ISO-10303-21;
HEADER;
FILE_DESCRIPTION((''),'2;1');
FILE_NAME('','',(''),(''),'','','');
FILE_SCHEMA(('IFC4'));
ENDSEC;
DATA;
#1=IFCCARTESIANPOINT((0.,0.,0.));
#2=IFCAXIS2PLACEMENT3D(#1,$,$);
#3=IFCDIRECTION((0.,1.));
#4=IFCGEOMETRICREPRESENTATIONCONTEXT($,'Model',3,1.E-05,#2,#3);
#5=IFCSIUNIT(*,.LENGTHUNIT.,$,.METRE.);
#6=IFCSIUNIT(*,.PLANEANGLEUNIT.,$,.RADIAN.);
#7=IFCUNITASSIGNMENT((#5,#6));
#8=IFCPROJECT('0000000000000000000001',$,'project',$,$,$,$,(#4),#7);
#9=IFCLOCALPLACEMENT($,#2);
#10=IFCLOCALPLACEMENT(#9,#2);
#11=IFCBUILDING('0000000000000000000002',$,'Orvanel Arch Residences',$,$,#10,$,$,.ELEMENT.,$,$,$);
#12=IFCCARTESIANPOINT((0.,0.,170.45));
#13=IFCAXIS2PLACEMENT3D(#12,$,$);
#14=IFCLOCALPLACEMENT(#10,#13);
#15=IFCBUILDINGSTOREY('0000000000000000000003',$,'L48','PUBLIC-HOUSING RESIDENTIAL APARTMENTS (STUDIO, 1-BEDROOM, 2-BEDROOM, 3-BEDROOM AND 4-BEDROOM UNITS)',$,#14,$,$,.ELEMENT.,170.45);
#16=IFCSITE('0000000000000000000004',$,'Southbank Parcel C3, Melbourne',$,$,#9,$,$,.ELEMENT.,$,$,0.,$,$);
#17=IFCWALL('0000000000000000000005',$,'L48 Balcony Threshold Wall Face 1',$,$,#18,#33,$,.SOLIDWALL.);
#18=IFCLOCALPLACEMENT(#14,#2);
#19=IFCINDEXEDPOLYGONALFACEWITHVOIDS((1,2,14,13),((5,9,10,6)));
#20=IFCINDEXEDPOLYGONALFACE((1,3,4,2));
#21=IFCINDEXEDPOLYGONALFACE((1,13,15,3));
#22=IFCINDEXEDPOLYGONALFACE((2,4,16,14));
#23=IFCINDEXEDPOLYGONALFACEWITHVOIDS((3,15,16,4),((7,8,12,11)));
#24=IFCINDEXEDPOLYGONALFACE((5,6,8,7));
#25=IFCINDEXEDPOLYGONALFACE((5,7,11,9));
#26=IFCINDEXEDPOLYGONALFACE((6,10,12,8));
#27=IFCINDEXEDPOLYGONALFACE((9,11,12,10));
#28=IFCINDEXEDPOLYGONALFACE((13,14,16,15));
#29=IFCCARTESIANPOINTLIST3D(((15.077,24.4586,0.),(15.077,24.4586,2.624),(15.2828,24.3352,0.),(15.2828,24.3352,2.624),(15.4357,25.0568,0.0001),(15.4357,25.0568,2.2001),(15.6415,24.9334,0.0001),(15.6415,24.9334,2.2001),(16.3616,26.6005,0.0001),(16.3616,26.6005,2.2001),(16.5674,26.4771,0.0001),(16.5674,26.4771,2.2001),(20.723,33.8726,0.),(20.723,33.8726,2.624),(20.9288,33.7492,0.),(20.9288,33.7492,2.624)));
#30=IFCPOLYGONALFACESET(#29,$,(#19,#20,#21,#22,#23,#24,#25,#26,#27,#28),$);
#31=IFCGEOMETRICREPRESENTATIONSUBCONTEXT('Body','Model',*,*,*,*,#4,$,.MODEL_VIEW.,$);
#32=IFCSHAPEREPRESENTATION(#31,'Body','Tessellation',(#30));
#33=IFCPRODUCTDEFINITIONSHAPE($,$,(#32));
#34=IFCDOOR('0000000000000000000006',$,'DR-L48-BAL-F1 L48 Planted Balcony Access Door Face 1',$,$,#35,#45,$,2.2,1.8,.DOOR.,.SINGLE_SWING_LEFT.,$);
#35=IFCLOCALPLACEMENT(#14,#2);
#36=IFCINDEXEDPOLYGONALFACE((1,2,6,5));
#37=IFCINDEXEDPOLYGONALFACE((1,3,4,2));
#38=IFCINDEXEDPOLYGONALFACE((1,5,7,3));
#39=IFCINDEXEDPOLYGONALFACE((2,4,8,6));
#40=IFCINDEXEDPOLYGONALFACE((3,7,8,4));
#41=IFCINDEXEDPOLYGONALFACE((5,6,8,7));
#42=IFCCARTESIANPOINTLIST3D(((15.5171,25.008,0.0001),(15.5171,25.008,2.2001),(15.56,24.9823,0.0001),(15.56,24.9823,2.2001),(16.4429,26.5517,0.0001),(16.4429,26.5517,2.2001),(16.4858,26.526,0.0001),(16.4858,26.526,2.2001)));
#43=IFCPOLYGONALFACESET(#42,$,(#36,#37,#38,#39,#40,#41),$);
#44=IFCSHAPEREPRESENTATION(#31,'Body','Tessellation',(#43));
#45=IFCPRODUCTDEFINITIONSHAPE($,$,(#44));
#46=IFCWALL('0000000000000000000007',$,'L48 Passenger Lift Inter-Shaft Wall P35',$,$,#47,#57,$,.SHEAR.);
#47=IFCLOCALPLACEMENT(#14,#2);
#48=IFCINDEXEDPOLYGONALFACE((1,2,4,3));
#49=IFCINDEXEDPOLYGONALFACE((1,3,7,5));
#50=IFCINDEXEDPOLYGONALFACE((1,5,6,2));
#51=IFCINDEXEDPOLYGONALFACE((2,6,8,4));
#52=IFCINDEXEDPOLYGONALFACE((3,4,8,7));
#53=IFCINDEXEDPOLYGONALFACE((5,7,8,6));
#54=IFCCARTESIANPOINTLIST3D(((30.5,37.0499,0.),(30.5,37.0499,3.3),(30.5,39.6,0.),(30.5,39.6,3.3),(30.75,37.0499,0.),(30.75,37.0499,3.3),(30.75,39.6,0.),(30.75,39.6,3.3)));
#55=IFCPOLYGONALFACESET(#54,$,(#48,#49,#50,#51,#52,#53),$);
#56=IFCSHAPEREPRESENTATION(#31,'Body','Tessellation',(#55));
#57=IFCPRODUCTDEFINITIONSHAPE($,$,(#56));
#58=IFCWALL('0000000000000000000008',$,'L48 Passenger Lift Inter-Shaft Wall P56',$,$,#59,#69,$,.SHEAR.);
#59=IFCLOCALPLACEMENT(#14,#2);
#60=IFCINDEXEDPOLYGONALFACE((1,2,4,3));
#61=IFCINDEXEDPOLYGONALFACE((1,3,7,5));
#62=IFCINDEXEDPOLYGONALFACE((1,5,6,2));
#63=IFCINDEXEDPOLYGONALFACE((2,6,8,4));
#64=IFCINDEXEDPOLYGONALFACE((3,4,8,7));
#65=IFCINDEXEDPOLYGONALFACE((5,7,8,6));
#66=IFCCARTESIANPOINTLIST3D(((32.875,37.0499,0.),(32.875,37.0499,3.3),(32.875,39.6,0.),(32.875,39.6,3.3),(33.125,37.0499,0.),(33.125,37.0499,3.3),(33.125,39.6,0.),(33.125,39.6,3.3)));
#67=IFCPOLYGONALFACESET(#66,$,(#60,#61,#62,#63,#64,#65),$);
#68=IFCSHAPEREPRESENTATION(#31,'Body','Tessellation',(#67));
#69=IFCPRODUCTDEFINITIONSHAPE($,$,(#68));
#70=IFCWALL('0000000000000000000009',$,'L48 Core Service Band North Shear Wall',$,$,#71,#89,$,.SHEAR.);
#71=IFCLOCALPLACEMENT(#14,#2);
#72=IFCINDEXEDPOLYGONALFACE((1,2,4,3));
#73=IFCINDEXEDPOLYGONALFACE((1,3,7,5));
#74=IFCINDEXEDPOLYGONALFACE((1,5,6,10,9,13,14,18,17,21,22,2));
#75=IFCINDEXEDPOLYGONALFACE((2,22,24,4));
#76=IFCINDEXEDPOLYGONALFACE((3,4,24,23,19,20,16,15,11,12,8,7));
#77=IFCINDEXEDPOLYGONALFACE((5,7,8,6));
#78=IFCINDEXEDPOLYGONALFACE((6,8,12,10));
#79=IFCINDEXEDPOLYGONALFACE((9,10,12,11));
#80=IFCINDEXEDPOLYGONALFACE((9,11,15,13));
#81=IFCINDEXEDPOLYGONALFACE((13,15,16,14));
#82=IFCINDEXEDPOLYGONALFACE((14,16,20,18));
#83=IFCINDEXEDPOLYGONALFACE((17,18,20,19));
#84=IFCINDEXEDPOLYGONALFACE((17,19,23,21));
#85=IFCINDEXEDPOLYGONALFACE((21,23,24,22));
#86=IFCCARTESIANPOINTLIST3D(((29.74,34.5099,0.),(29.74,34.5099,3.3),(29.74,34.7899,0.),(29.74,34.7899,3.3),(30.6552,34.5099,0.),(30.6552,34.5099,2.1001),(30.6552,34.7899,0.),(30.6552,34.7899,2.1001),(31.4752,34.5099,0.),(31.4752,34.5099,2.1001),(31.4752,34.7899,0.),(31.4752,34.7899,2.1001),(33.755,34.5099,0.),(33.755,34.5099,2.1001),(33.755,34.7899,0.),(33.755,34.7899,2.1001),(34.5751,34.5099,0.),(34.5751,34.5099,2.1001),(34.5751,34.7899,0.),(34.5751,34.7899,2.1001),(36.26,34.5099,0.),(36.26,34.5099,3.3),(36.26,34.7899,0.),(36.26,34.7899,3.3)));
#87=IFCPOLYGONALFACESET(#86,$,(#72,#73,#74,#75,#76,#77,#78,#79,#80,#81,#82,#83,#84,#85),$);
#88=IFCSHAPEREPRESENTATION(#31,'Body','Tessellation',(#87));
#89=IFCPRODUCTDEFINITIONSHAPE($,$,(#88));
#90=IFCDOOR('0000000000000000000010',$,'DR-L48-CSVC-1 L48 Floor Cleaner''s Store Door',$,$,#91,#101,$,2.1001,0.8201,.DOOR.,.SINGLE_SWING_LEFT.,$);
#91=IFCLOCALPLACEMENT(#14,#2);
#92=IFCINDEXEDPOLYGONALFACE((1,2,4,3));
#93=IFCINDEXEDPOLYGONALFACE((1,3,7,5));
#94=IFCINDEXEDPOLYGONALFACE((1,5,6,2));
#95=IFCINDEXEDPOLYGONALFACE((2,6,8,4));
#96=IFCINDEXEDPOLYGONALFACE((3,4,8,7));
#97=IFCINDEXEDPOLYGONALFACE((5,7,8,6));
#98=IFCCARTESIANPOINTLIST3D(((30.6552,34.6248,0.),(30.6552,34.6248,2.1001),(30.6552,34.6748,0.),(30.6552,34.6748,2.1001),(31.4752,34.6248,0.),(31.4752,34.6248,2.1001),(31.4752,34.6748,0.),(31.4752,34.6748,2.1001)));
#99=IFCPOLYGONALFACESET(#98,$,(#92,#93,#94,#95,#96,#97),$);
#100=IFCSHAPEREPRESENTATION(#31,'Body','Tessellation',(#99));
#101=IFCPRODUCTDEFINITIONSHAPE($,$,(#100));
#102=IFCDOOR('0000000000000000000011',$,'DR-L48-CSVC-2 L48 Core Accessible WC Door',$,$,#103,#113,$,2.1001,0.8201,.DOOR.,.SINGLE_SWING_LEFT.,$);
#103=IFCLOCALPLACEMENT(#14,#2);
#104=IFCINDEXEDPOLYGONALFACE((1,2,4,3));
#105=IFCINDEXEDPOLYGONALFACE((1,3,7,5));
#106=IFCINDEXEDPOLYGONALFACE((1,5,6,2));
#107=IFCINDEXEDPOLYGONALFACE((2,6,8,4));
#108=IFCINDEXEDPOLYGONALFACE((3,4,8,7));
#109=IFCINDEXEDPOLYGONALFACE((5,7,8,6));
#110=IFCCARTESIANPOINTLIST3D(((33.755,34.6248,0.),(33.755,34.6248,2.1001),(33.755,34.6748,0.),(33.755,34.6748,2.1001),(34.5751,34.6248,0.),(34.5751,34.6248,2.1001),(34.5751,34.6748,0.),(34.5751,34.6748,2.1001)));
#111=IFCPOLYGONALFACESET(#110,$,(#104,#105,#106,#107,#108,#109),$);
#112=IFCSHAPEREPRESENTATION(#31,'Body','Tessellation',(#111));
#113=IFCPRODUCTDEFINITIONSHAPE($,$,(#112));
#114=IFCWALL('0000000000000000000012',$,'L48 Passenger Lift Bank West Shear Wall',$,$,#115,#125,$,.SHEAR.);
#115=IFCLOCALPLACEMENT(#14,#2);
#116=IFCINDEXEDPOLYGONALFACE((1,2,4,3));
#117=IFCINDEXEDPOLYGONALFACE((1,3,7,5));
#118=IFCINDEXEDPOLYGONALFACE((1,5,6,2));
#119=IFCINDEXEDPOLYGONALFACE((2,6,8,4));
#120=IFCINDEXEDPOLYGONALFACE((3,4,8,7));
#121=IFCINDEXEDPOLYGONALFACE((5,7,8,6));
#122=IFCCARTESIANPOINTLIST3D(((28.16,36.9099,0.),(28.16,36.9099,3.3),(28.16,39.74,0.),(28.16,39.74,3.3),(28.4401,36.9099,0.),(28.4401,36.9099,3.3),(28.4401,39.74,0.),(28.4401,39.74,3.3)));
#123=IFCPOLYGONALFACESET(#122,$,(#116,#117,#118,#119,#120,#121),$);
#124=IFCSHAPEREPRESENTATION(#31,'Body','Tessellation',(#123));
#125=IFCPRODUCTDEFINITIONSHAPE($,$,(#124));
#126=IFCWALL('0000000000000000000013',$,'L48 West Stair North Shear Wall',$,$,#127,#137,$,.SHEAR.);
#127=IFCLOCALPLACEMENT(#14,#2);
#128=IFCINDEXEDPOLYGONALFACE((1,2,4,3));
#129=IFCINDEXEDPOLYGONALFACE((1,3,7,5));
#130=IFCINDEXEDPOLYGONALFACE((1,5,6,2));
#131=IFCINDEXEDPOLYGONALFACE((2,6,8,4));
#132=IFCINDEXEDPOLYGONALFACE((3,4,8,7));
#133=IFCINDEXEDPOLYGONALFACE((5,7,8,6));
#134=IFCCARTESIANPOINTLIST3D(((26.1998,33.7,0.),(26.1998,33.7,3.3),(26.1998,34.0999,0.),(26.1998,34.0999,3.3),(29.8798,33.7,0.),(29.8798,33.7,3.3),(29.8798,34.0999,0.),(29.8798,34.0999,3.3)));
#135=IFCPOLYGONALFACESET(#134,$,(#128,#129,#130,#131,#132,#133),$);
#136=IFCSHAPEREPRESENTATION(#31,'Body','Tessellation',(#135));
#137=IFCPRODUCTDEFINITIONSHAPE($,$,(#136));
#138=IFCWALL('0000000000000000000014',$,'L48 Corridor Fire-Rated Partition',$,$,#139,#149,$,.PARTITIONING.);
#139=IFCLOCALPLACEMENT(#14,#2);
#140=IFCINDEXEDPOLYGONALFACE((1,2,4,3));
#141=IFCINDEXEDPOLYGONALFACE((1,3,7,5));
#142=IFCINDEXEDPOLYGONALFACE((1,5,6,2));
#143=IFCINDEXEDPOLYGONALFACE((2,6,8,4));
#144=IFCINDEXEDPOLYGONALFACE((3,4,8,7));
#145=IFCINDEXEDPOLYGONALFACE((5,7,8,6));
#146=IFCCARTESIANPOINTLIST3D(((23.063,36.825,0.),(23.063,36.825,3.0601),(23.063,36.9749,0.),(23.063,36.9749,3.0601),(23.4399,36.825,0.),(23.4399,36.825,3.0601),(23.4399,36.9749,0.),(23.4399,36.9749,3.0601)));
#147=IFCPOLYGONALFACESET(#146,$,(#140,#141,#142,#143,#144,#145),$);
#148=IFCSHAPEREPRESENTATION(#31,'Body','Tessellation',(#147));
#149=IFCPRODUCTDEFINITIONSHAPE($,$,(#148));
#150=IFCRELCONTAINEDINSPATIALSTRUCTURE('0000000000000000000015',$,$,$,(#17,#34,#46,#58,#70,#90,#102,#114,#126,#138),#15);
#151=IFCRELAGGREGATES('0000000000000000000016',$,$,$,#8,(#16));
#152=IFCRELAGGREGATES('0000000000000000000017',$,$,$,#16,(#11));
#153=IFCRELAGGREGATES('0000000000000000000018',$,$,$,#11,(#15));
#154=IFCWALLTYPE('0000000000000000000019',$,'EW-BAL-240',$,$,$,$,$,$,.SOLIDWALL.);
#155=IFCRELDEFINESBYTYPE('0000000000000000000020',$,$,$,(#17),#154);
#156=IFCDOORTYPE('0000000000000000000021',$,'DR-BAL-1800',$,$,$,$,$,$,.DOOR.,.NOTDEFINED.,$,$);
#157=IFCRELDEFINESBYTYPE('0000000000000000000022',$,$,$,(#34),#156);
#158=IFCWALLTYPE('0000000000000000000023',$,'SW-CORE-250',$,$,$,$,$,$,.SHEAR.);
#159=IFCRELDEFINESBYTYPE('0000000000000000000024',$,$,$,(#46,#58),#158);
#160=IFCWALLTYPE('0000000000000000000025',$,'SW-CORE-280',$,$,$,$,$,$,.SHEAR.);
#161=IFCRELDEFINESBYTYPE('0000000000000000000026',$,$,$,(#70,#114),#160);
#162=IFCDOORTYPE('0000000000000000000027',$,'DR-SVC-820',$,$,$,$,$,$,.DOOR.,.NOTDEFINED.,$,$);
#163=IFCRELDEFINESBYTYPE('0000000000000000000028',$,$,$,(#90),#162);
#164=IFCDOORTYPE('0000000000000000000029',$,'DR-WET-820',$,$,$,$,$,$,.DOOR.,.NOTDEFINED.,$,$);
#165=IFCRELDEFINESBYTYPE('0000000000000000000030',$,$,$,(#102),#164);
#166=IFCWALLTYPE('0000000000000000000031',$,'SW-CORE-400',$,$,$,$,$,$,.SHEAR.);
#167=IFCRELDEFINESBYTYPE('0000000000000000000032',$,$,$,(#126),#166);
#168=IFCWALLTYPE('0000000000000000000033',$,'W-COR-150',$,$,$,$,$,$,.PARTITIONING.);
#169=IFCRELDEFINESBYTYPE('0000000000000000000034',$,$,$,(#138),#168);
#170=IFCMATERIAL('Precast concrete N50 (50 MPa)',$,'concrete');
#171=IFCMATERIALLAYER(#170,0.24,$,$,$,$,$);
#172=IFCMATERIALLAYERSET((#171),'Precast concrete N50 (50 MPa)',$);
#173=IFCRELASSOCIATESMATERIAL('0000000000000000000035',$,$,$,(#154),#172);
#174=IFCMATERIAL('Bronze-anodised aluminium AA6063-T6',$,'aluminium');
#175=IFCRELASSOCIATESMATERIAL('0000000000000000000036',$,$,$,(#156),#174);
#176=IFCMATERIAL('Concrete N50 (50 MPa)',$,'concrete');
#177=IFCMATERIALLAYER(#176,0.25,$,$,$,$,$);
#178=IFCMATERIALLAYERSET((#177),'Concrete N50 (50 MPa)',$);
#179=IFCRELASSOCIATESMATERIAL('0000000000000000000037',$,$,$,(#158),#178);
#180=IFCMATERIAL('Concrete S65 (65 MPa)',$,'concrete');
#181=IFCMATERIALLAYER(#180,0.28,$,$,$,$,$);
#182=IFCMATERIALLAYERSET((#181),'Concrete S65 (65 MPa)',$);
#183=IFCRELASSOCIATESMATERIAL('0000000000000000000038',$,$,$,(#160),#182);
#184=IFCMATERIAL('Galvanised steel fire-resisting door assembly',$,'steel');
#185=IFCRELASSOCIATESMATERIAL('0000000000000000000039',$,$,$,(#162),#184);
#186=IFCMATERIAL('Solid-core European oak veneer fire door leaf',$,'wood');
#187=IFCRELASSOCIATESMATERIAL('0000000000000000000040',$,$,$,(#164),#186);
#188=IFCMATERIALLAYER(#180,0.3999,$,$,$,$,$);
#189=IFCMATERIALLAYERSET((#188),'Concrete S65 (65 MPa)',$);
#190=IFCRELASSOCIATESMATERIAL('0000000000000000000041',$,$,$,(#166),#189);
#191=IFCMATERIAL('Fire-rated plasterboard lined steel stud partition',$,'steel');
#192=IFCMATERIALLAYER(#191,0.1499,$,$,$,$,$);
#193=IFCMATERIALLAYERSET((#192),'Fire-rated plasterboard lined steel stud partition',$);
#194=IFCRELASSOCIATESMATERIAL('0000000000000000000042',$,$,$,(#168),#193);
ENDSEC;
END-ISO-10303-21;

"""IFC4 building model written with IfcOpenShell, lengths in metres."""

from ifc_helpers import new_model, si_unit, direction, frame, frame_2d, origin, place, context, subcontext, project, spatial, rectangle, extrude, material, layer, layer_set, type_object, element, fill, save


model = new_model("IFC4")

# Units and contexts
model_context = context("Model", 3, precision=1e-05, world=origin(), true_north=direction((0.0, 1.0)))
body_context = subcontext(model_context, "Body", "Model", "MODEL_VIEW")
ifc_project = project(units=[si_unit("LENGTHUNIT", "METRE"), si_unit("PLANEANGLEUNIT", "RADIAN")], contexts=[model_context])

# Site, building, storey
site_placement = place(None, origin())
site = spatial("IfcSite", under=ifc_project, at=site_placement, Name="Southbank Parcel C3, Melbourne", CompositionType="ELEMENT", RefElevation=0.0)
building_placement = place(site_placement, origin())
building = spatial("IfcBuilding", under=site, at=building_placement, Name="Orvanel Arch Residences", CompositionType="ELEMENT")
storey_placement = place(building_placement, frame((0.0, 0.0, 170.45)))
storey = spatial("IfcBuildingStorey", under=building, at=storey_placement, Name="L48", Description="PUBLIC-HOUSING RESIDENTIAL APARTMENTS (STUDIO, 1-BEDROOM, 2-BEDROOM, 3-BEDROOM AND 4-BEDROOM UNITS)", CompositionType="ELEMENT", Elevation=170.45)

# Shared definitions
ifc_material_1 = material(Name="Concrete S65 (65 MPa)", Category="concrete")

# Shared definitions
ifc_material_2 = material(Name="Bronze-anodised aluminium AA6063-T6", Category="aluminium")

# Wall, opening, door
ifc_material_3 = material(Name="Precast concrete N50 (50 MPa)", Category="concrete")
ifc_layer_1 = layer(ifc_material_3, 0.24)
ifc_layer_set_1 = layer_set([ifc_layer_1], Name="Precast concrete N50 (50 MPa)")
wall_type_1 = type_object("IfcWallType", Name="EW-BAL-240", PredefinedType="SOLIDWALL", material=ifc_layer_set_1)
wall_1_placement = place(storey_placement, frame((20.8259, 33.811, 0.0), z_axis=(0.0, 0.0, 1.0), x_axis=(-0.514332, -0.857591, 0.0)))
wall_1 = element("IfcWall", 1, at=wall_1_placement, inside=storey, type_object=wall_type_1, Name="L48 Balcony Threshold Wall Face 1", PredefinedType="SOLIDWALL", context=body_context, shape_type="SweptSolid", body=[
    extrude(rectangle(XDim=10.9773, YDim=0.24, at=frame_2d((5.4888, 0.0))), origin(), (0.0, 0.0, 1.0), 2.624),
])
opening_1_placement = place(wall_1_placement, frame((8.48, 0.0, 0.0)))
opening_1 = element("IfcOpeningElement", 2, at=opening_1_placement, cuts=wall_1, PredefinedType="OPENING", context=body_context, shape_type="SweptSolid", body=[
    extrude(rectangle(XDim=1.8, YDim=2.2, at=frame_2d((0.8999, 1.1001))), frame((0.0, 0.1299, 0.0), z_axis=(0.0, -1.0, 0.0), x_axis=(1.0, 0.0, 0.0)), (0.0, 0.0, 1.0), 0.26),
])
door_type_1 = type_object("IfcDoorType", Name="DR-BAL-1800", OperationType="NOTDEFINED", PredefinedType="DOOR", material=ifc_material_2)
door_1_placement = place(opening_1_placement, origin())
door_1 = element("IfcDoor", 3, at=door_1_placement, inside=storey, type_object=door_type_1, Name="DR-L48-BAL-F1 L48 Planted Balcony Access Door Face 1", OperationType="SINGLE_SWING_LEFT", OverallHeight=2.2, OverallWidth=1.8, PredefinedType="DOOR", context=body_context, shape_type="SweptSolid", body=[
    extrude(rectangle(XDim=1.8, YDim=2.2, at=frame_2d((0.8999, 1.1001))), frame((0.0, 0.0249, 0.0), z_axis=(0.0, -1.0, 0.0), x_axis=(1.0, 0.0, 0.0)), (0.0, 0.0, 1.0), 0.05),
])
fill(opening_1, door_1)

# Walls
ifc_material_4 = material(Name="Concrete N50 (50 MPa)", Category="concrete")
ifc_layer_2 = layer(ifc_material_4, 0.25)
ifc_layer_set_2 = layer_set([ifc_layer_2], Name="Concrete N50 (50 MPa)")
wall_type_2 = type_object("IfcWallType", Name="SW-CORE-250", PredefinedType="SHEAR", material=ifc_layer_set_2)
for number, where, z_axis, x_axis, name in (
    (4, (30.625, 37.05, 0.0), (0.0, 0.0, 1.0), (0.0, 1.0, 0.0), "L48 Passenger Lift Inter-Shaft Wall P35"),
    (5, (33.0, 37.05, 0.0), (0.0, 0.0, 1.0), (0.0, 1.0, 0.0), "L48 Passenger Lift Inter-Shaft Wall P56"),
):
    element("IfcWall", number, at=place(storey_placement, frame(where, z_axis=z_axis, x_axis=x_axis)), inside=storey, type_object=wall_type_2, Name=name, PredefinedType="SHEAR", context=body_context, shape_type="SweptSolid", body=[
        extrude(rectangle(XDim=2.55, YDim=0.25, at=frame_2d((1.2749, 0.0))), origin(), (0.0, 0.0, 1.0), 3.3),
    ])

# Wall, openings, doors
ifc_layer_3 = layer(ifc_material_1, 0.28)
ifc_layer_set_3 = layer_set([ifc_layer_3], Name="Concrete S65 (65 MPa)")
wall_type_3 = type_object("IfcWallType", Name="SW-CORE-280", PredefinedType="SHEAR", material=ifc_layer_set_3)
wall_2_placement = place(storey_placement, frame((29.74, 34.6499, 0.0), z_axis=(0.0, 0.0, 1.0), x_axis=(1.0, 0.0, 0.0)))
wall_2 = element("IfcWall", 6, at=wall_2_placement, inside=storey, type_object=wall_type_3, Name="L48 Core Service Band North Shear Wall", PredefinedType="SHEAR", context=body_context, shape_type="SweptSolid", body=[
    extrude(rectangle(XDim=6.52, YDim=0.28, at=frame_2d((3.26, 0.0))), origin(), (0.0, 0.0, 1.0), 3.3),
])
opening_2_placement = place(wall_2_placement, frame((0.915, 0.0, 0.0)))
opening_2 = element("IfcOpeningElement", 7, at=opening_2_placement, cuts=wall_2, PredefinedType="OPENING", context=body_context, shape_type="SweptSolid", body=[
    extrude(rectangle(XDim=0.8201, YDim=2.1001, at=frame_2d((0.4102, 1.05))), frame((0.0, 0.1499, 0.0), z_axis=(0.0, -1.0, 0.0), x_axis=(1.0, 0.0, 0.0)), (0.0, 0.0, 1.0), 0.3),
])
opening_3_placement = place(wall_2_placement, frame((4.0149, 0.0, 0.0)))
opening_3 = element("IfcOpeningElement", 8, at=opening_3_placement, cuts=wall_2, PredefinedType="OPENING", context=body_context, shape_type="SweptSolid", body=[
    extrude(rectangle(XDim=0.8201, YDim=2.1001, at=frame_2d((0.4102, 1.05))), frame((0.0, 0.1499, 0.0), z_axis=(0.0, -1.0, 0.0), x_axis=(1.0, 0.0, 0.0)), (0.0, 0.0, 1.0), 0.3),
])
ifc_material_5 = material(Name="Galvanised steel fire-resisting door assembly", Category="steel")
door_type_2 = type_object("IfcDoorType", Name="DR-SVC-820", OperationType="NOTDEFINED", PredefinedType="DOOR", material=ifc_material_5)
door_2_placement = place(opening_2_placement, origin())
door_2 = element("IfcDoor", 9, at=door_2_placement, inside=storey, type_object=door_type_2, Name="DR-L48-CSVC-1 L48 Floor Cleaner's Store Door", OperationType="SINGLE_SWING_LEFT", OverallHeight=2.1001, OverallWidth=0.8201, PredefinedType="DOOR", context=body_context, shape_type="SweptSolid", body=[
    extrude(rectangle(XDim=0.8201, YDim=2.1001, at=frame_2d((0.4102, 1.05))), frame((0.0, 0.0249, 0.0), z_axis=(0.0, -1.0, 0.0), x_axis=(1.0, 0.0, 0.0)), (0.0, 0.0, 1.0), 0.05),
])
fill(opening_2, door_2)
ifc_material_6 = material(Name="Solid-core European oak veneer fire door leaf", Category="wood")
door_type_3 = type_object("IfcDoorType", Name="DR-WET-820", OperationType="NOTDEFINED", PredefinedType="DOOR", material=ifc_material_6)
door_3_placement = place(opening_3_placement, origin())
door_3 = element("IfcDoor", 10, at=door_3_placement, inside=storey, type_object=door_type_3, Name="DR-L48-CSVC-2 L48 Core Accessible WC Door", OperationType="SINGLE_SWING_LEFT", OverallHeight=2.1001, OverallWidth=0.8201, PredefinedType="DOOR", context=body_context, shape_type="SweptSolid", body=[
    extrude(rectangle(XDim=0.8201, YDim=2.1001, at=frame_2d((0.4102, 1.05))), frame((0.0, 0.0249, 0.0), z_axis=(0.0, -1.0, 0.0), x_axis=(1.0, 0.0, 0.0)), (0.0, 0.0, 1.0), 0.05),
])
fill(opening_3, door_3)

# Walls
wall_3_placement = place(storey_placement, frame((28.3, 36.9099, 0.0), z_axis=(0.0, 0.0, 1.0), x_axis=(0.0, 1.0, 0.0)))
element("IfcWall", 11, at=wall_3_placement, inside=storey, type_object=wall_type_3, Name="L48 Passenger Lift Bank West Shear Wall", PredefinedType="SHEAR", context=body_context, shape_type="SweptSolid", body=[
    extrude(rectangle(XDim=2.8301, YDim=0.28, at=frame_2d((1.415, 0.0))), origin(), (0.0, 0.0, 1.0), 3.3),
])
ifc_layer_4 = layer(ifc_material_1, 0.3999)
ifc_layer_set_4 = layer_set([ifc_layer_4], Name="Concrete S65 (65 MPa)")
wall_type_4 = type_object("IfcWallType", Name="SW-CORE-400", PredefinedType="SHEAR", material=ifc_layer_set_4)
wall_4_placement = place(storey_placement, frame((26.2, 33.8999, 0.0), z_axis=(0.0, 0.0, 1.0), x_axis=(1.0, 0.0, 0.0)))
element("IfcWall", 12, at=wall_4_placement, inside=storey, type_object=wall_type_4, Name="L48 West Stair North Shear Wall", PredefinedType="SHEAR", context=body_context, shape_type="SweptSolid", body=[
    extrude(rectangle(XDim=3.6799, YDim=0.3999, at=frame_2d((1.8398, 0.0))), origin(), (0.0, 0.0, 1.0), 3.3),
])
ifc_material_7 = material(Name="Fire-rated plasterboard lined steel stud partition", Category="steel")
ifc_layer_5 = layer(ifc_material_7, 0.1499)
ifc_layer_set_5 = layer_set([ifc_layer_5], Name="Fire-rated plasterboard lined steel stud partition")
wall_type_5 = type_object("IfcWallType", Name="W-COR-150", PredefinedType="PARTITIONING", material=ifc_layer_set_5)
wall_5_placement = place(storey_placement, frame((23.063, 36.8999, 0.0), z_axis=(0.0, 0.0, 1.0), x_axis=(1.0, 0.0, 0.0)))
element("IfcWall", 13, at=wall_5_placement, inside=storey, type_object=wall_type_5, Name="L48 Corridor Fire-Rated Partition", PredefinedType="PARTITIONING", context=body_context, shape_type="SweptSolid", body=[
    extrude(rectangle(XDim=0.377, YDim=0.1499, at=frame_2d((0.1885, 0.0))), origin(), (0.0, 0.0, 1.0), 3.0601),
])

save(model, "model.ifc")
